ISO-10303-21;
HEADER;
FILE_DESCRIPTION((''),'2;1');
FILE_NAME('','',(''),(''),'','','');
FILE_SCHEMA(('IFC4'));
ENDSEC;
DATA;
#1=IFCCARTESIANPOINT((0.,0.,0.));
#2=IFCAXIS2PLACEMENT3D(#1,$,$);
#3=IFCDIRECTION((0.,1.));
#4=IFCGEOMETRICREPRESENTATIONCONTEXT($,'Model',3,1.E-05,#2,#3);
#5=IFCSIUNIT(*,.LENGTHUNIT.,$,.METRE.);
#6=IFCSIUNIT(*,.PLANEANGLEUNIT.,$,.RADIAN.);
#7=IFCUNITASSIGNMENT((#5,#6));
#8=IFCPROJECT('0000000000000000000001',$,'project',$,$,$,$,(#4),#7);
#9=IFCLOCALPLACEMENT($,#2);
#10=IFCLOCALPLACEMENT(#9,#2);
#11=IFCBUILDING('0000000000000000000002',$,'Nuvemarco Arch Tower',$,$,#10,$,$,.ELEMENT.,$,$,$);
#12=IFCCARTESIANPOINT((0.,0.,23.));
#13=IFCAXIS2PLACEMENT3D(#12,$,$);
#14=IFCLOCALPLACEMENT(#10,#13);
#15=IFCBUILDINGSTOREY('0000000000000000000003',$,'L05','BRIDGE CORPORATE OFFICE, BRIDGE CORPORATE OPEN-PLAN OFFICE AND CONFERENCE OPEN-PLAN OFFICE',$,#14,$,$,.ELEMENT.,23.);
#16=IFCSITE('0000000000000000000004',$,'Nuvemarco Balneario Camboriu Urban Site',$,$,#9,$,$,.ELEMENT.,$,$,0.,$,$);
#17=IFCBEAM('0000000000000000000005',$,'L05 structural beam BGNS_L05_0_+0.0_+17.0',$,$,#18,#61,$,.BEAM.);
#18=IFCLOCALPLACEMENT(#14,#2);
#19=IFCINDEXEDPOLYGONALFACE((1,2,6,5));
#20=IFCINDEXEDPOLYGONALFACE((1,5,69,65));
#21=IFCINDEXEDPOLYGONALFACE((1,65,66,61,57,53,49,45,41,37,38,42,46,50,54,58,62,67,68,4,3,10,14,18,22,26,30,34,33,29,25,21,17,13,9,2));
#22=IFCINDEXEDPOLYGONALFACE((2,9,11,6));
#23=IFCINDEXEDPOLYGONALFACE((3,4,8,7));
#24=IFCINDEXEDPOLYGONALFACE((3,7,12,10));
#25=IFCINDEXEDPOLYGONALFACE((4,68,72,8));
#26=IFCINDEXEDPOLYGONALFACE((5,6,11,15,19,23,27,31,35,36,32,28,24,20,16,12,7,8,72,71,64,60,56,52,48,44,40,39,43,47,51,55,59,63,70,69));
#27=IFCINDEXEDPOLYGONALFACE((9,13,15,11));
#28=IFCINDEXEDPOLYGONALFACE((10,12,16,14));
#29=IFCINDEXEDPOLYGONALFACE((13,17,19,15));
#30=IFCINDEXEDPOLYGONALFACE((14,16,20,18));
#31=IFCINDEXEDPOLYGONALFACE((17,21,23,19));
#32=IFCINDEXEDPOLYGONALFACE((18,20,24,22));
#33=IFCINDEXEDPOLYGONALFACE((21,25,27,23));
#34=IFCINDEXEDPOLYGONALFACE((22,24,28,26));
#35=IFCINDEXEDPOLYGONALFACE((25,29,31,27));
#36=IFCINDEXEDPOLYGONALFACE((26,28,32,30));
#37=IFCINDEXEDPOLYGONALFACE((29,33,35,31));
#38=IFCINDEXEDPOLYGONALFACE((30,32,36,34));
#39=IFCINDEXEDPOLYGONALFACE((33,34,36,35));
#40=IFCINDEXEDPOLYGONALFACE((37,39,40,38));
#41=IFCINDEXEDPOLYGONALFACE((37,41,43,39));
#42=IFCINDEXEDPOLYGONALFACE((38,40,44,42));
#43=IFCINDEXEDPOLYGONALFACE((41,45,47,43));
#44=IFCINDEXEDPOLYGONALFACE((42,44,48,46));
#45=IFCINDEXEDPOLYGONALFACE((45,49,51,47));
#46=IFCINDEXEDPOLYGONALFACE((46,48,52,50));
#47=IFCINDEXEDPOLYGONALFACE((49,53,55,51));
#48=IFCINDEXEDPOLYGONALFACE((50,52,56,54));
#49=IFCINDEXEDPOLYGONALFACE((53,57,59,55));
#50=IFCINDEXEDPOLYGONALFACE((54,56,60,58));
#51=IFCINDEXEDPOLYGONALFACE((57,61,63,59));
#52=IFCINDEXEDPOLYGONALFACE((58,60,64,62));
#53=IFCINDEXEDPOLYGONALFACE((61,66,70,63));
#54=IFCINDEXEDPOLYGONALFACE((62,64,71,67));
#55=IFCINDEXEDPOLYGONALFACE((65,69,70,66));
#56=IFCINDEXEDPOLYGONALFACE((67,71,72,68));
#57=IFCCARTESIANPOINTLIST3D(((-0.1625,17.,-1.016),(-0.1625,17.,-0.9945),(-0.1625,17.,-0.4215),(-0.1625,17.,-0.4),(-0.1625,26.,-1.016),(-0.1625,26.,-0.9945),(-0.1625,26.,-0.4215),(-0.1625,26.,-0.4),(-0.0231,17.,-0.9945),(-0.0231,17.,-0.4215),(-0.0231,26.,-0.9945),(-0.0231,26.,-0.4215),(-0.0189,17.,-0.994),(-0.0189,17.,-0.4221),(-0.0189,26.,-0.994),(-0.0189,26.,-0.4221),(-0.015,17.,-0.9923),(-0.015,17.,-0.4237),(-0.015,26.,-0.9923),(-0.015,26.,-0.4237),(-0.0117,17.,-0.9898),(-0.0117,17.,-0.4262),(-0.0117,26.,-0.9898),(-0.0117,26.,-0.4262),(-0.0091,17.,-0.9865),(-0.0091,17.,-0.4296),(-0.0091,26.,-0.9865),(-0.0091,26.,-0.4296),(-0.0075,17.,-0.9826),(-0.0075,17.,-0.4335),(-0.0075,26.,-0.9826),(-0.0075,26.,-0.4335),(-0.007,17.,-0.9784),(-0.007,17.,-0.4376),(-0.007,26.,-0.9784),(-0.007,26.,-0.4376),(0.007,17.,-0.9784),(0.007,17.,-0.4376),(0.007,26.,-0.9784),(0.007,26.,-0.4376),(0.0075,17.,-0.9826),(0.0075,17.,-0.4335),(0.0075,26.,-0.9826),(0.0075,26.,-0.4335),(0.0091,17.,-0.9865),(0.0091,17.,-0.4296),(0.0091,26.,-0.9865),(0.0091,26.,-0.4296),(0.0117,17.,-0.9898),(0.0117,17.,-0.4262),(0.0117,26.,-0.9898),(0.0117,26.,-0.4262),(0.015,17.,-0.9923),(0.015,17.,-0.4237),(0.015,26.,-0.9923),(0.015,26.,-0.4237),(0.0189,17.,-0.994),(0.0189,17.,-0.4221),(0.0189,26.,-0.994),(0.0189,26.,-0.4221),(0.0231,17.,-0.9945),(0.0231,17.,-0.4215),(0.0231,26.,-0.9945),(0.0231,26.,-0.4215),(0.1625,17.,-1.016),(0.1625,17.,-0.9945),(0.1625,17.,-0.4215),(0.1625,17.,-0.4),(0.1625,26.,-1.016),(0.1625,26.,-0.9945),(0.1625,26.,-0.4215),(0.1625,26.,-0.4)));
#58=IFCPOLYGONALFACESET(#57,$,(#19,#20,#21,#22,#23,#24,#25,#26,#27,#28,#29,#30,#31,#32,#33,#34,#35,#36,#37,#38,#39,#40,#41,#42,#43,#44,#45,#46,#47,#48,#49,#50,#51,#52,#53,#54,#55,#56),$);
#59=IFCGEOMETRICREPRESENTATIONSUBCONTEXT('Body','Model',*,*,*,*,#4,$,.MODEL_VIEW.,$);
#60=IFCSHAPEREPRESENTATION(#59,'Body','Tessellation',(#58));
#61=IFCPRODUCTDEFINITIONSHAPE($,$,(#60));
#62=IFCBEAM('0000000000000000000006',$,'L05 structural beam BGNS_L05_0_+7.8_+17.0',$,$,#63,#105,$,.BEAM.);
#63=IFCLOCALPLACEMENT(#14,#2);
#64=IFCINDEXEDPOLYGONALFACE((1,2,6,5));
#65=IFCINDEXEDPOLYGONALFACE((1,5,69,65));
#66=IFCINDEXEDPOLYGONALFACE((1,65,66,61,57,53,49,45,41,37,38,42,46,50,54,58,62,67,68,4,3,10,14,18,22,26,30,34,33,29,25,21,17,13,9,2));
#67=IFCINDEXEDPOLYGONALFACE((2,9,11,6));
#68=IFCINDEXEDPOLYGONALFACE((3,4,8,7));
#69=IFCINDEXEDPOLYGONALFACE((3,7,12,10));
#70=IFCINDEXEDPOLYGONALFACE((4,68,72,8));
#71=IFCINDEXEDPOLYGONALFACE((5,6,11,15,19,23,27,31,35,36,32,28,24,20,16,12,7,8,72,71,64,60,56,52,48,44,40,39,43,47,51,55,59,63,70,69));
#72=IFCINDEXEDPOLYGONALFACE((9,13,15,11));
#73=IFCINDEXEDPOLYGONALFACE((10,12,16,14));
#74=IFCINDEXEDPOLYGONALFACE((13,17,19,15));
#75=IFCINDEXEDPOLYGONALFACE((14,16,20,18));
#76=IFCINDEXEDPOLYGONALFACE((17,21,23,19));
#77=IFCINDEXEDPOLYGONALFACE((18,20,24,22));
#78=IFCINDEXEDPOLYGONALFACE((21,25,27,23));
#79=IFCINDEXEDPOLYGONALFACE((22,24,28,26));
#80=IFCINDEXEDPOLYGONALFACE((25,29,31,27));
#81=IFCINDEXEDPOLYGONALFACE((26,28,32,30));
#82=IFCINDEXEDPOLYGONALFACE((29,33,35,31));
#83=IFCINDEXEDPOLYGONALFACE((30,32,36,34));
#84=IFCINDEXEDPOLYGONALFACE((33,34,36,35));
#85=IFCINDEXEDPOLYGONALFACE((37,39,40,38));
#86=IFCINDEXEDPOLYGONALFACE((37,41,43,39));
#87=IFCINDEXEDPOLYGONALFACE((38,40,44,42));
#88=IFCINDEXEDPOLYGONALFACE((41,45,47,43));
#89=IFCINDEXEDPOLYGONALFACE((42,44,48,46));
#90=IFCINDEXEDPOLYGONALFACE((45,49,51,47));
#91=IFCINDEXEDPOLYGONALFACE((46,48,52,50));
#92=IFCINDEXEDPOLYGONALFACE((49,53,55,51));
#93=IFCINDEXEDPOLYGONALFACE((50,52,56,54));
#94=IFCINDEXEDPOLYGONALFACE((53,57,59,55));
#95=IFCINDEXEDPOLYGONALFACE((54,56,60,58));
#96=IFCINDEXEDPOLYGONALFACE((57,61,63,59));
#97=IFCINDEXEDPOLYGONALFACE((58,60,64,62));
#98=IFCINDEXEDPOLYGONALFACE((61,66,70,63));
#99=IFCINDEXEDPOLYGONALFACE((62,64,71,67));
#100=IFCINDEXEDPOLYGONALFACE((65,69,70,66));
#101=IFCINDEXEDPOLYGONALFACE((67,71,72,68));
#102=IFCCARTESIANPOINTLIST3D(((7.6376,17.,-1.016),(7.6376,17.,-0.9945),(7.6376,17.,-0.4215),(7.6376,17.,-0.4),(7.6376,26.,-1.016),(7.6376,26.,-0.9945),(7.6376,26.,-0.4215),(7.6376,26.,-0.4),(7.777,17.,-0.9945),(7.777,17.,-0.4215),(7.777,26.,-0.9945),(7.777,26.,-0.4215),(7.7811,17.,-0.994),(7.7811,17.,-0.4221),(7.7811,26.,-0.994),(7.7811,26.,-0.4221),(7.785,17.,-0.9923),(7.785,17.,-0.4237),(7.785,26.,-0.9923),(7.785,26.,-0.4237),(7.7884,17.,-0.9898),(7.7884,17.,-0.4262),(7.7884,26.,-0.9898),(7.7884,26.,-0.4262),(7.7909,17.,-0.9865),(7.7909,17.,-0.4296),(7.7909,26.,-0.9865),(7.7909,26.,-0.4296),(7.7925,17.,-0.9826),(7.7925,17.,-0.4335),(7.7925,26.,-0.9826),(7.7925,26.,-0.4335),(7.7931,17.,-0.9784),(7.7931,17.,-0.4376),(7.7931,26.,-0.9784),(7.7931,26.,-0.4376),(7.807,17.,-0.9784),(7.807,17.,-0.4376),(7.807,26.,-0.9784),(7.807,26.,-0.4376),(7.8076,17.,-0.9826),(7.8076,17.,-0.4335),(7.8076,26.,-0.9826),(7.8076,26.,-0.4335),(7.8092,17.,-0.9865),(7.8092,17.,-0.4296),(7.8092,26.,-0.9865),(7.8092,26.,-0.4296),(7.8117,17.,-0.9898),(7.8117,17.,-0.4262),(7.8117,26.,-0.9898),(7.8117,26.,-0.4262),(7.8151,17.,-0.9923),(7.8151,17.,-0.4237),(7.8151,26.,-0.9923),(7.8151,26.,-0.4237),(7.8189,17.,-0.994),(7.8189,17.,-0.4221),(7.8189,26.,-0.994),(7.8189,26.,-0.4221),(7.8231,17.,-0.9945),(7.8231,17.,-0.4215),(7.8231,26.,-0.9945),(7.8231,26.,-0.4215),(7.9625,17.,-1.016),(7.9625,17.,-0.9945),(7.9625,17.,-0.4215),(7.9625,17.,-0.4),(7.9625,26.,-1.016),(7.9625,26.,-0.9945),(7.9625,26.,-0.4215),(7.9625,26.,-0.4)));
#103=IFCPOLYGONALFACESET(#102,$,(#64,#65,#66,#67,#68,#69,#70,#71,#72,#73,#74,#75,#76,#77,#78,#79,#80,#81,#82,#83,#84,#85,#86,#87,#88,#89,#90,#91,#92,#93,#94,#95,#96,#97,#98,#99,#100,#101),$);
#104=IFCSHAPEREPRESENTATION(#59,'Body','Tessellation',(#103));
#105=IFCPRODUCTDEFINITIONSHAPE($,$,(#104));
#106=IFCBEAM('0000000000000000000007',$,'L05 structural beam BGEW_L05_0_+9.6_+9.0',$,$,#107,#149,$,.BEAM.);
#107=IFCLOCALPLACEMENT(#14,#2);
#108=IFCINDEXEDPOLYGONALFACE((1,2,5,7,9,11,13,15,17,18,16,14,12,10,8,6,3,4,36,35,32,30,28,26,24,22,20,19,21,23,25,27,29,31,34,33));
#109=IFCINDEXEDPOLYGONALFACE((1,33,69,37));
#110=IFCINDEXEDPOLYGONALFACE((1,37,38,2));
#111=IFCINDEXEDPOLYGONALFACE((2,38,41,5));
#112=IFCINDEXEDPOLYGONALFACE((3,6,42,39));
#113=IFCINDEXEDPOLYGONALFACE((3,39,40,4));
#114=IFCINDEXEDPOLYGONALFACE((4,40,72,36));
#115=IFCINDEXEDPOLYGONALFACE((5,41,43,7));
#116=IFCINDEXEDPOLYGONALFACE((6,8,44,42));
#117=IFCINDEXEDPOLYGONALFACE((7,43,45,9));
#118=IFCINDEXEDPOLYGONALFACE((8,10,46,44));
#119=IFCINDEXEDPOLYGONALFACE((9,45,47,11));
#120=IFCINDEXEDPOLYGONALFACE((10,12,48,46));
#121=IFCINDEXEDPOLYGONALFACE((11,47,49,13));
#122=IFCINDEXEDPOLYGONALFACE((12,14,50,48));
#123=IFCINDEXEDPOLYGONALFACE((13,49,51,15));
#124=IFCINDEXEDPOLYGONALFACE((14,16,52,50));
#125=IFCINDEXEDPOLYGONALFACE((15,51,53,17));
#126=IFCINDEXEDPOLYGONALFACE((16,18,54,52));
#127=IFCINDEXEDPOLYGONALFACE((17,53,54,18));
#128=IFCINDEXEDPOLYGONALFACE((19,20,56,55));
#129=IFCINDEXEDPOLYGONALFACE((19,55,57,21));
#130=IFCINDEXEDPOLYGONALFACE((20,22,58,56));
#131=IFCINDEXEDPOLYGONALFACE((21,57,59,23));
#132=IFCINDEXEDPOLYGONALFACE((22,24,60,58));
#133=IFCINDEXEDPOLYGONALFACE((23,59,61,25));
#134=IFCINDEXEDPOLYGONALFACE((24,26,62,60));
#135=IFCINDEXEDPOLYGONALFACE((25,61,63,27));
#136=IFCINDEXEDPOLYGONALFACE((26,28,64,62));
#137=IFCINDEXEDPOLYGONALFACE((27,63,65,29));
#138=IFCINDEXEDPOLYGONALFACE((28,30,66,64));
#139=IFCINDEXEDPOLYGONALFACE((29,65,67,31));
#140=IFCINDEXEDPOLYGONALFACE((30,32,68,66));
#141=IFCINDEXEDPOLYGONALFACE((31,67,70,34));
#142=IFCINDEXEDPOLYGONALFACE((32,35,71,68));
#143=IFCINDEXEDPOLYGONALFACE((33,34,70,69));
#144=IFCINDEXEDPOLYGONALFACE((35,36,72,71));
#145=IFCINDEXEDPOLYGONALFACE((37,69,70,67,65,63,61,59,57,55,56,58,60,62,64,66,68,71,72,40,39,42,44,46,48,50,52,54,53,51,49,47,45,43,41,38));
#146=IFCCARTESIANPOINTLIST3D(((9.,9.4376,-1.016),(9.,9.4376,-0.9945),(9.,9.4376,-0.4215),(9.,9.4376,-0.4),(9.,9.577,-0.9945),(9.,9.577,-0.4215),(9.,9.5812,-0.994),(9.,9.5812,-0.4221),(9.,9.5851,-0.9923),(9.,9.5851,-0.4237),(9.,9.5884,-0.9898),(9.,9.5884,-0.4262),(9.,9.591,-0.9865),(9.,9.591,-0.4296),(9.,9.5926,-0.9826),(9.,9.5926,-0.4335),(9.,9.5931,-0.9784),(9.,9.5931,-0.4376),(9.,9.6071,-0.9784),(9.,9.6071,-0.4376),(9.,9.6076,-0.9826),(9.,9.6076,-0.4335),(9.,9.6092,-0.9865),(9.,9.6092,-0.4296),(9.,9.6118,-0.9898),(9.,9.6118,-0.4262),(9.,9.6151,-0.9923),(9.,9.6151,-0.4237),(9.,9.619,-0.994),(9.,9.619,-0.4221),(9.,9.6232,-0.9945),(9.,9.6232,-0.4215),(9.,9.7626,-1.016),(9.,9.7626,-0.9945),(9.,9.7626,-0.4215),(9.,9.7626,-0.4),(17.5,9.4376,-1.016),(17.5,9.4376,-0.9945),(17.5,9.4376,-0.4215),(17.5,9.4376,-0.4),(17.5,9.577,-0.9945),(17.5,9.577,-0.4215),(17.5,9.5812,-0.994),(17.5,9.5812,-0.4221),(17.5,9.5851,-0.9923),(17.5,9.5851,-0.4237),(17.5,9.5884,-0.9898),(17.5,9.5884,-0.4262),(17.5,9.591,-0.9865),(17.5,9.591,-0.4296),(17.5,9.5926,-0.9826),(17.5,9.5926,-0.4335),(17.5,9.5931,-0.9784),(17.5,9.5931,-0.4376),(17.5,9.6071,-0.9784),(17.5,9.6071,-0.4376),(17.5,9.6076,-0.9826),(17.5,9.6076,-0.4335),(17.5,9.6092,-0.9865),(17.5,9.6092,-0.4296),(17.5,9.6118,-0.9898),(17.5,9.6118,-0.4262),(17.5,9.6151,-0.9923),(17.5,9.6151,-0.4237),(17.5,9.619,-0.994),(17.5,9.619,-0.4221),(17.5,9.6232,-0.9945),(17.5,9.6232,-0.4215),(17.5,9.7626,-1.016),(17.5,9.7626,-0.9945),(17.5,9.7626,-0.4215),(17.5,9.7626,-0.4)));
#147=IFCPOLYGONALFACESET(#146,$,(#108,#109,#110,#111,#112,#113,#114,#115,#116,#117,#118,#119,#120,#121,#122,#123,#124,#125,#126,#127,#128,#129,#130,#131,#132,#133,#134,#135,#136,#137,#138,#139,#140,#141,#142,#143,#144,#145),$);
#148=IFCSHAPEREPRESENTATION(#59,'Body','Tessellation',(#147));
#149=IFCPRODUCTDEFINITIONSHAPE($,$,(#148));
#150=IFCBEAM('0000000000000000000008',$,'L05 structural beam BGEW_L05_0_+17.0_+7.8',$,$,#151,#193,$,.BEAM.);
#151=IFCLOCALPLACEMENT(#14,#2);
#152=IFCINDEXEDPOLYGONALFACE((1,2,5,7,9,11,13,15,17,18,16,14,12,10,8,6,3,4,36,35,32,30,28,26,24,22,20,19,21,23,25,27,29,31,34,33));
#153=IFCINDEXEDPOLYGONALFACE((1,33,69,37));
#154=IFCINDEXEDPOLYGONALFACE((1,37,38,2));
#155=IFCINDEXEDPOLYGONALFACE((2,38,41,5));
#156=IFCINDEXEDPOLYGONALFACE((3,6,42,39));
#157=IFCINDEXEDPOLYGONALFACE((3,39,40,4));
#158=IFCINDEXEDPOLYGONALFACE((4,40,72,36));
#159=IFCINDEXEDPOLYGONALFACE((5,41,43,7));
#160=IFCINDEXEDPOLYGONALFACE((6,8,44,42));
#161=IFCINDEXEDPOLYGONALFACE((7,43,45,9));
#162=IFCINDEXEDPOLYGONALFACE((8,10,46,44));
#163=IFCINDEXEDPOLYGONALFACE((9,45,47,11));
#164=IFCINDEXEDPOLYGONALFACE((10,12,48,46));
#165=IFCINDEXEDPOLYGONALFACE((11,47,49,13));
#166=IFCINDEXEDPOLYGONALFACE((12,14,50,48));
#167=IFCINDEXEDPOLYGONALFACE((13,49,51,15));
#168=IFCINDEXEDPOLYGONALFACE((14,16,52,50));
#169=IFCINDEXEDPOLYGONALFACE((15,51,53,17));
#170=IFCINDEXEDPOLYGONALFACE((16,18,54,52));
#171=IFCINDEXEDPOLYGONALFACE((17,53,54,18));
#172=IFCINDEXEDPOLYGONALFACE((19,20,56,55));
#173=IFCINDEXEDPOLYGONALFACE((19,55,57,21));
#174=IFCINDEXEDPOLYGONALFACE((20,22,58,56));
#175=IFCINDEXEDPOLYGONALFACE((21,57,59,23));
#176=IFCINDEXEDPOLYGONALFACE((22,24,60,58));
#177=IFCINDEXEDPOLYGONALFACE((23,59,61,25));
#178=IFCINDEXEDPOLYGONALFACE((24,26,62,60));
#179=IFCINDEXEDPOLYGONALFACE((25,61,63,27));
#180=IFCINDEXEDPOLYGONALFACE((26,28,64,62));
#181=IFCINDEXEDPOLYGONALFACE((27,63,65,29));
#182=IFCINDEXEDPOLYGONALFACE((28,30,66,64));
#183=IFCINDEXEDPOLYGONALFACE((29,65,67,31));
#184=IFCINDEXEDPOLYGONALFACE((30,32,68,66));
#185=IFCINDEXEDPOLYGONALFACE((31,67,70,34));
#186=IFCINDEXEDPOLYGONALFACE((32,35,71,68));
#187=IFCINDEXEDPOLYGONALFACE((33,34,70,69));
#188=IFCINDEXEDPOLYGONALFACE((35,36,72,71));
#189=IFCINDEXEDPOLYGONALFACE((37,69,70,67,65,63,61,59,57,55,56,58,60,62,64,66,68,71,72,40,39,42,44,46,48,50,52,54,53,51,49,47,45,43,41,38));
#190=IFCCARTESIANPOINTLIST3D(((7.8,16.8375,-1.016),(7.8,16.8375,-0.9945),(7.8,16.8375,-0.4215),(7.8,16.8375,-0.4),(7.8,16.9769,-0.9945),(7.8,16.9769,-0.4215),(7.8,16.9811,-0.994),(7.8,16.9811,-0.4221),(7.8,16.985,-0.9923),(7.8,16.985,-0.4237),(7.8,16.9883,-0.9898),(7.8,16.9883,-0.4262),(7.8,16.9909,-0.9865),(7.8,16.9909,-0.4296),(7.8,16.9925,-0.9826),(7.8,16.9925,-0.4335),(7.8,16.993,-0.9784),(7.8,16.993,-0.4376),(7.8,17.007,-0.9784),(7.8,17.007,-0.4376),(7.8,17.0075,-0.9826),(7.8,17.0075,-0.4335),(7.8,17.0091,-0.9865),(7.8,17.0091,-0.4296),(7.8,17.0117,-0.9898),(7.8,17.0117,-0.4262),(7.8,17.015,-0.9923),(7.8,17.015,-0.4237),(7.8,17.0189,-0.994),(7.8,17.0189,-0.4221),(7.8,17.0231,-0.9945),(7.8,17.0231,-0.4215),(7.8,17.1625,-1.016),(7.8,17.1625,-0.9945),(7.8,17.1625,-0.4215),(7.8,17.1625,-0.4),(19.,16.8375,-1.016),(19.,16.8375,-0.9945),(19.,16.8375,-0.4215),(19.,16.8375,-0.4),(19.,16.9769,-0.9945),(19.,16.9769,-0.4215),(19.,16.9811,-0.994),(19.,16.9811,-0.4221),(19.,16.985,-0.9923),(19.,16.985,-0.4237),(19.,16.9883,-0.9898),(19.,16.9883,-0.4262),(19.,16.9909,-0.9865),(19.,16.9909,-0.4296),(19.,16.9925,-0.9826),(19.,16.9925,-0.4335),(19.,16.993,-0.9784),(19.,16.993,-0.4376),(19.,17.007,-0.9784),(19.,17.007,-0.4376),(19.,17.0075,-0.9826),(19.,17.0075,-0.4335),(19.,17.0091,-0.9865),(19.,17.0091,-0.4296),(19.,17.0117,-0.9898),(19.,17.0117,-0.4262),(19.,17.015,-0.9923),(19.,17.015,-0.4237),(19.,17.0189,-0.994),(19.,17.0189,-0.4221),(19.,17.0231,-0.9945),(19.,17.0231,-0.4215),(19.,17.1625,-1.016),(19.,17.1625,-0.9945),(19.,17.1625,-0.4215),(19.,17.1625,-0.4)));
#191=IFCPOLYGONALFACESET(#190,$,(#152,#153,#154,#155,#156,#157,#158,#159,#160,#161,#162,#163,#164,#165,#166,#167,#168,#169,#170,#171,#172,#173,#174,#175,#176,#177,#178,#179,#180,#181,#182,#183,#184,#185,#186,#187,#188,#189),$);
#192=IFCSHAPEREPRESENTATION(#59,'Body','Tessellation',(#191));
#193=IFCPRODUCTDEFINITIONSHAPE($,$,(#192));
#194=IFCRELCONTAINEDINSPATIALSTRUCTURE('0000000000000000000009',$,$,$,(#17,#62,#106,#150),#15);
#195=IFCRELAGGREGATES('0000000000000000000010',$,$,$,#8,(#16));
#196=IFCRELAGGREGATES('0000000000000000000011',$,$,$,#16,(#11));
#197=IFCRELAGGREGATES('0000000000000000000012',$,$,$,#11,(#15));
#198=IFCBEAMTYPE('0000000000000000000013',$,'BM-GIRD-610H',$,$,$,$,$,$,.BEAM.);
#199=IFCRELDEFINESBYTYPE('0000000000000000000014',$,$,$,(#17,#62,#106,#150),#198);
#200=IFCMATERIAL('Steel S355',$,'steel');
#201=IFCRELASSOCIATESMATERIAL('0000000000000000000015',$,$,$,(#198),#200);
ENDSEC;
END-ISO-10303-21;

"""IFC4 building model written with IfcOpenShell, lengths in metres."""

from ifc_helpers import new_model, si_unit, direction, frame, origin, origin_2d, place, context, subcontext, project, spatial, i_section, extrude, material, material_profile, profile_set, type_object, element, save


model = new_model("IFC4")

# Units and contexts
model_context = context("Model", 3, precision=1e-05, world=origin(), true_north=direction((0.0, 1.0)))
body_context = subcontext(model_context, "Body", "Model", "MODEL_VIEW")
ifc_project = project(units=[si_unit("LENGTHUNIT", "METRE"), si_unit("PLANEANGLEUNIT", "RADIAN")], contexts=[model_context])

# Site, building, storey
site_placement = place(None, origin())
site = spatial("IfcSite", under=ifc_project, at=site_placement, Name="Nuvemarco Balneario Camboriu Urban Site", CompositionType="ELEMENT", RefElevation=0.0)
building_placement = place(site_placement, origin())
building = spatial("IfcBuilding", under=site, at=building_placement, Name="Nuvemarco Arch Tower", CompositionType="ELEMENT")
storey_placement = place(building_placement, frame((0.0, 0.0, 23.0)))
storey = spatial("IfcBuildingStorey", under=building, at=storey_placement, Name="L05", Description="BRIDGE CORPORATE OFFICE, BRIDGE CORPORATE OPEN-PLAN OFFICE AND CONFERENCE OPEN-PLAN OFFICE", CompositionType="ELEMENT", Elevation=23.0)

# Shared definitions
ifc_material_1 = material(Name="Steel S355", Category="steel")

# Beams
ifc_material_profile_1 = material_profile(ifc_material_1, i_section(OverallWidth=0.325, OverallDepth=0.616, WebThickness=0.0139, FlangeThickness=0.0215, FilletRadius=0.0161, at=origin_2d()), Name="W610x174")
ifc_profile_set_1 = profile_set([ifc_material_profile_1], Name="Steel S355")
beam_type_1 = type_object("IfcBeamType", Name="BM-GIRD-610H", PredefinedType="BEAM", material=ifc_profile_set_1)
for number, where, z_axis, x_axis, name in (
    (1, (0.0, 17.0, -0.708), (0.0, 1.0, 0.0), (-1.0, 0.0, 0.0), "L05 structural beam BGNS_L05_0_+0.0_+17.0"),
    (2, (7.8, 17.0, -0.708), (0.0, 1.0, 0.0), (-1.0, 0.0, 0.0), "L05 structural beam BGNS_L05_0_+7.8_+17.0"),
):
    element("IfcBeam", number, at=place(storey_placement, frame(where, z_axis=z_axis, x_axis=x_axis)), inside=storey, type_object=beam_type_1, Name=name, PredefinedType="BEAM", context=body_context, shape_type="SweptSolid", body=[
        extrude(i_section(OverallWidth=0.325, OverallDepth=0.616, WebThickness=0.0139, FlangeThickness=0.0215, FilletRadius=0.0161, at=origin_2d()), origin(), (0.0, 0.0, 1.0), 9.0),
    ])
beam_1_placement = place(storey_placement, frame((9.0, 9.6001, -0.708), z_axis=(1.0, 0.0, 0.0), x_axis=(0.0, 1.0, 0.0)))
element("IfcBeam", 3, at=beam_1_placement, inside=storey, type_object=beam_type_1, Name="L05 structural beam BGEW_L05_0_+9.6_+9.0", PredefinedType="BEAM", context=body_context, shape_type="SweptSolid", body=[
    extrude(i_section(OverallWidth=0.325, OverallDepth=0.616, WebThickness=0.0139, FlangeThickness=0.0215, FilletRadius=0.0161, at=origin_2d()), origin(), (0.0, 0.0, 1.0), 8.5),
])
beam_2_placement = place(storey_placement, frame((7.8, 17.0, -0.708), z_axis=(1.0, 0.0, 0.0), x_axis=(0.0, 1.0, 0.0)))
element("IfcBeam", 4, at=beam_2_placement, inside=storey, type_object=beam_type_1, Name="L05 structural beam BGEW_L05_0_+17.0_+7.8", PredefinedType="BEAM", context=body_context, shape_type="SweptSolid", body=[
    extrude(i_section(OverallWidth=0.325, OverallDepth=0.616, WebThickness=0.0139, FlangeThickness=0.0215, FilletRadius=0.0161, at=origin_2d()), origin(), (0.0, 0.0, 1.0), 11.2),
])

save(model, "model.ifc")
